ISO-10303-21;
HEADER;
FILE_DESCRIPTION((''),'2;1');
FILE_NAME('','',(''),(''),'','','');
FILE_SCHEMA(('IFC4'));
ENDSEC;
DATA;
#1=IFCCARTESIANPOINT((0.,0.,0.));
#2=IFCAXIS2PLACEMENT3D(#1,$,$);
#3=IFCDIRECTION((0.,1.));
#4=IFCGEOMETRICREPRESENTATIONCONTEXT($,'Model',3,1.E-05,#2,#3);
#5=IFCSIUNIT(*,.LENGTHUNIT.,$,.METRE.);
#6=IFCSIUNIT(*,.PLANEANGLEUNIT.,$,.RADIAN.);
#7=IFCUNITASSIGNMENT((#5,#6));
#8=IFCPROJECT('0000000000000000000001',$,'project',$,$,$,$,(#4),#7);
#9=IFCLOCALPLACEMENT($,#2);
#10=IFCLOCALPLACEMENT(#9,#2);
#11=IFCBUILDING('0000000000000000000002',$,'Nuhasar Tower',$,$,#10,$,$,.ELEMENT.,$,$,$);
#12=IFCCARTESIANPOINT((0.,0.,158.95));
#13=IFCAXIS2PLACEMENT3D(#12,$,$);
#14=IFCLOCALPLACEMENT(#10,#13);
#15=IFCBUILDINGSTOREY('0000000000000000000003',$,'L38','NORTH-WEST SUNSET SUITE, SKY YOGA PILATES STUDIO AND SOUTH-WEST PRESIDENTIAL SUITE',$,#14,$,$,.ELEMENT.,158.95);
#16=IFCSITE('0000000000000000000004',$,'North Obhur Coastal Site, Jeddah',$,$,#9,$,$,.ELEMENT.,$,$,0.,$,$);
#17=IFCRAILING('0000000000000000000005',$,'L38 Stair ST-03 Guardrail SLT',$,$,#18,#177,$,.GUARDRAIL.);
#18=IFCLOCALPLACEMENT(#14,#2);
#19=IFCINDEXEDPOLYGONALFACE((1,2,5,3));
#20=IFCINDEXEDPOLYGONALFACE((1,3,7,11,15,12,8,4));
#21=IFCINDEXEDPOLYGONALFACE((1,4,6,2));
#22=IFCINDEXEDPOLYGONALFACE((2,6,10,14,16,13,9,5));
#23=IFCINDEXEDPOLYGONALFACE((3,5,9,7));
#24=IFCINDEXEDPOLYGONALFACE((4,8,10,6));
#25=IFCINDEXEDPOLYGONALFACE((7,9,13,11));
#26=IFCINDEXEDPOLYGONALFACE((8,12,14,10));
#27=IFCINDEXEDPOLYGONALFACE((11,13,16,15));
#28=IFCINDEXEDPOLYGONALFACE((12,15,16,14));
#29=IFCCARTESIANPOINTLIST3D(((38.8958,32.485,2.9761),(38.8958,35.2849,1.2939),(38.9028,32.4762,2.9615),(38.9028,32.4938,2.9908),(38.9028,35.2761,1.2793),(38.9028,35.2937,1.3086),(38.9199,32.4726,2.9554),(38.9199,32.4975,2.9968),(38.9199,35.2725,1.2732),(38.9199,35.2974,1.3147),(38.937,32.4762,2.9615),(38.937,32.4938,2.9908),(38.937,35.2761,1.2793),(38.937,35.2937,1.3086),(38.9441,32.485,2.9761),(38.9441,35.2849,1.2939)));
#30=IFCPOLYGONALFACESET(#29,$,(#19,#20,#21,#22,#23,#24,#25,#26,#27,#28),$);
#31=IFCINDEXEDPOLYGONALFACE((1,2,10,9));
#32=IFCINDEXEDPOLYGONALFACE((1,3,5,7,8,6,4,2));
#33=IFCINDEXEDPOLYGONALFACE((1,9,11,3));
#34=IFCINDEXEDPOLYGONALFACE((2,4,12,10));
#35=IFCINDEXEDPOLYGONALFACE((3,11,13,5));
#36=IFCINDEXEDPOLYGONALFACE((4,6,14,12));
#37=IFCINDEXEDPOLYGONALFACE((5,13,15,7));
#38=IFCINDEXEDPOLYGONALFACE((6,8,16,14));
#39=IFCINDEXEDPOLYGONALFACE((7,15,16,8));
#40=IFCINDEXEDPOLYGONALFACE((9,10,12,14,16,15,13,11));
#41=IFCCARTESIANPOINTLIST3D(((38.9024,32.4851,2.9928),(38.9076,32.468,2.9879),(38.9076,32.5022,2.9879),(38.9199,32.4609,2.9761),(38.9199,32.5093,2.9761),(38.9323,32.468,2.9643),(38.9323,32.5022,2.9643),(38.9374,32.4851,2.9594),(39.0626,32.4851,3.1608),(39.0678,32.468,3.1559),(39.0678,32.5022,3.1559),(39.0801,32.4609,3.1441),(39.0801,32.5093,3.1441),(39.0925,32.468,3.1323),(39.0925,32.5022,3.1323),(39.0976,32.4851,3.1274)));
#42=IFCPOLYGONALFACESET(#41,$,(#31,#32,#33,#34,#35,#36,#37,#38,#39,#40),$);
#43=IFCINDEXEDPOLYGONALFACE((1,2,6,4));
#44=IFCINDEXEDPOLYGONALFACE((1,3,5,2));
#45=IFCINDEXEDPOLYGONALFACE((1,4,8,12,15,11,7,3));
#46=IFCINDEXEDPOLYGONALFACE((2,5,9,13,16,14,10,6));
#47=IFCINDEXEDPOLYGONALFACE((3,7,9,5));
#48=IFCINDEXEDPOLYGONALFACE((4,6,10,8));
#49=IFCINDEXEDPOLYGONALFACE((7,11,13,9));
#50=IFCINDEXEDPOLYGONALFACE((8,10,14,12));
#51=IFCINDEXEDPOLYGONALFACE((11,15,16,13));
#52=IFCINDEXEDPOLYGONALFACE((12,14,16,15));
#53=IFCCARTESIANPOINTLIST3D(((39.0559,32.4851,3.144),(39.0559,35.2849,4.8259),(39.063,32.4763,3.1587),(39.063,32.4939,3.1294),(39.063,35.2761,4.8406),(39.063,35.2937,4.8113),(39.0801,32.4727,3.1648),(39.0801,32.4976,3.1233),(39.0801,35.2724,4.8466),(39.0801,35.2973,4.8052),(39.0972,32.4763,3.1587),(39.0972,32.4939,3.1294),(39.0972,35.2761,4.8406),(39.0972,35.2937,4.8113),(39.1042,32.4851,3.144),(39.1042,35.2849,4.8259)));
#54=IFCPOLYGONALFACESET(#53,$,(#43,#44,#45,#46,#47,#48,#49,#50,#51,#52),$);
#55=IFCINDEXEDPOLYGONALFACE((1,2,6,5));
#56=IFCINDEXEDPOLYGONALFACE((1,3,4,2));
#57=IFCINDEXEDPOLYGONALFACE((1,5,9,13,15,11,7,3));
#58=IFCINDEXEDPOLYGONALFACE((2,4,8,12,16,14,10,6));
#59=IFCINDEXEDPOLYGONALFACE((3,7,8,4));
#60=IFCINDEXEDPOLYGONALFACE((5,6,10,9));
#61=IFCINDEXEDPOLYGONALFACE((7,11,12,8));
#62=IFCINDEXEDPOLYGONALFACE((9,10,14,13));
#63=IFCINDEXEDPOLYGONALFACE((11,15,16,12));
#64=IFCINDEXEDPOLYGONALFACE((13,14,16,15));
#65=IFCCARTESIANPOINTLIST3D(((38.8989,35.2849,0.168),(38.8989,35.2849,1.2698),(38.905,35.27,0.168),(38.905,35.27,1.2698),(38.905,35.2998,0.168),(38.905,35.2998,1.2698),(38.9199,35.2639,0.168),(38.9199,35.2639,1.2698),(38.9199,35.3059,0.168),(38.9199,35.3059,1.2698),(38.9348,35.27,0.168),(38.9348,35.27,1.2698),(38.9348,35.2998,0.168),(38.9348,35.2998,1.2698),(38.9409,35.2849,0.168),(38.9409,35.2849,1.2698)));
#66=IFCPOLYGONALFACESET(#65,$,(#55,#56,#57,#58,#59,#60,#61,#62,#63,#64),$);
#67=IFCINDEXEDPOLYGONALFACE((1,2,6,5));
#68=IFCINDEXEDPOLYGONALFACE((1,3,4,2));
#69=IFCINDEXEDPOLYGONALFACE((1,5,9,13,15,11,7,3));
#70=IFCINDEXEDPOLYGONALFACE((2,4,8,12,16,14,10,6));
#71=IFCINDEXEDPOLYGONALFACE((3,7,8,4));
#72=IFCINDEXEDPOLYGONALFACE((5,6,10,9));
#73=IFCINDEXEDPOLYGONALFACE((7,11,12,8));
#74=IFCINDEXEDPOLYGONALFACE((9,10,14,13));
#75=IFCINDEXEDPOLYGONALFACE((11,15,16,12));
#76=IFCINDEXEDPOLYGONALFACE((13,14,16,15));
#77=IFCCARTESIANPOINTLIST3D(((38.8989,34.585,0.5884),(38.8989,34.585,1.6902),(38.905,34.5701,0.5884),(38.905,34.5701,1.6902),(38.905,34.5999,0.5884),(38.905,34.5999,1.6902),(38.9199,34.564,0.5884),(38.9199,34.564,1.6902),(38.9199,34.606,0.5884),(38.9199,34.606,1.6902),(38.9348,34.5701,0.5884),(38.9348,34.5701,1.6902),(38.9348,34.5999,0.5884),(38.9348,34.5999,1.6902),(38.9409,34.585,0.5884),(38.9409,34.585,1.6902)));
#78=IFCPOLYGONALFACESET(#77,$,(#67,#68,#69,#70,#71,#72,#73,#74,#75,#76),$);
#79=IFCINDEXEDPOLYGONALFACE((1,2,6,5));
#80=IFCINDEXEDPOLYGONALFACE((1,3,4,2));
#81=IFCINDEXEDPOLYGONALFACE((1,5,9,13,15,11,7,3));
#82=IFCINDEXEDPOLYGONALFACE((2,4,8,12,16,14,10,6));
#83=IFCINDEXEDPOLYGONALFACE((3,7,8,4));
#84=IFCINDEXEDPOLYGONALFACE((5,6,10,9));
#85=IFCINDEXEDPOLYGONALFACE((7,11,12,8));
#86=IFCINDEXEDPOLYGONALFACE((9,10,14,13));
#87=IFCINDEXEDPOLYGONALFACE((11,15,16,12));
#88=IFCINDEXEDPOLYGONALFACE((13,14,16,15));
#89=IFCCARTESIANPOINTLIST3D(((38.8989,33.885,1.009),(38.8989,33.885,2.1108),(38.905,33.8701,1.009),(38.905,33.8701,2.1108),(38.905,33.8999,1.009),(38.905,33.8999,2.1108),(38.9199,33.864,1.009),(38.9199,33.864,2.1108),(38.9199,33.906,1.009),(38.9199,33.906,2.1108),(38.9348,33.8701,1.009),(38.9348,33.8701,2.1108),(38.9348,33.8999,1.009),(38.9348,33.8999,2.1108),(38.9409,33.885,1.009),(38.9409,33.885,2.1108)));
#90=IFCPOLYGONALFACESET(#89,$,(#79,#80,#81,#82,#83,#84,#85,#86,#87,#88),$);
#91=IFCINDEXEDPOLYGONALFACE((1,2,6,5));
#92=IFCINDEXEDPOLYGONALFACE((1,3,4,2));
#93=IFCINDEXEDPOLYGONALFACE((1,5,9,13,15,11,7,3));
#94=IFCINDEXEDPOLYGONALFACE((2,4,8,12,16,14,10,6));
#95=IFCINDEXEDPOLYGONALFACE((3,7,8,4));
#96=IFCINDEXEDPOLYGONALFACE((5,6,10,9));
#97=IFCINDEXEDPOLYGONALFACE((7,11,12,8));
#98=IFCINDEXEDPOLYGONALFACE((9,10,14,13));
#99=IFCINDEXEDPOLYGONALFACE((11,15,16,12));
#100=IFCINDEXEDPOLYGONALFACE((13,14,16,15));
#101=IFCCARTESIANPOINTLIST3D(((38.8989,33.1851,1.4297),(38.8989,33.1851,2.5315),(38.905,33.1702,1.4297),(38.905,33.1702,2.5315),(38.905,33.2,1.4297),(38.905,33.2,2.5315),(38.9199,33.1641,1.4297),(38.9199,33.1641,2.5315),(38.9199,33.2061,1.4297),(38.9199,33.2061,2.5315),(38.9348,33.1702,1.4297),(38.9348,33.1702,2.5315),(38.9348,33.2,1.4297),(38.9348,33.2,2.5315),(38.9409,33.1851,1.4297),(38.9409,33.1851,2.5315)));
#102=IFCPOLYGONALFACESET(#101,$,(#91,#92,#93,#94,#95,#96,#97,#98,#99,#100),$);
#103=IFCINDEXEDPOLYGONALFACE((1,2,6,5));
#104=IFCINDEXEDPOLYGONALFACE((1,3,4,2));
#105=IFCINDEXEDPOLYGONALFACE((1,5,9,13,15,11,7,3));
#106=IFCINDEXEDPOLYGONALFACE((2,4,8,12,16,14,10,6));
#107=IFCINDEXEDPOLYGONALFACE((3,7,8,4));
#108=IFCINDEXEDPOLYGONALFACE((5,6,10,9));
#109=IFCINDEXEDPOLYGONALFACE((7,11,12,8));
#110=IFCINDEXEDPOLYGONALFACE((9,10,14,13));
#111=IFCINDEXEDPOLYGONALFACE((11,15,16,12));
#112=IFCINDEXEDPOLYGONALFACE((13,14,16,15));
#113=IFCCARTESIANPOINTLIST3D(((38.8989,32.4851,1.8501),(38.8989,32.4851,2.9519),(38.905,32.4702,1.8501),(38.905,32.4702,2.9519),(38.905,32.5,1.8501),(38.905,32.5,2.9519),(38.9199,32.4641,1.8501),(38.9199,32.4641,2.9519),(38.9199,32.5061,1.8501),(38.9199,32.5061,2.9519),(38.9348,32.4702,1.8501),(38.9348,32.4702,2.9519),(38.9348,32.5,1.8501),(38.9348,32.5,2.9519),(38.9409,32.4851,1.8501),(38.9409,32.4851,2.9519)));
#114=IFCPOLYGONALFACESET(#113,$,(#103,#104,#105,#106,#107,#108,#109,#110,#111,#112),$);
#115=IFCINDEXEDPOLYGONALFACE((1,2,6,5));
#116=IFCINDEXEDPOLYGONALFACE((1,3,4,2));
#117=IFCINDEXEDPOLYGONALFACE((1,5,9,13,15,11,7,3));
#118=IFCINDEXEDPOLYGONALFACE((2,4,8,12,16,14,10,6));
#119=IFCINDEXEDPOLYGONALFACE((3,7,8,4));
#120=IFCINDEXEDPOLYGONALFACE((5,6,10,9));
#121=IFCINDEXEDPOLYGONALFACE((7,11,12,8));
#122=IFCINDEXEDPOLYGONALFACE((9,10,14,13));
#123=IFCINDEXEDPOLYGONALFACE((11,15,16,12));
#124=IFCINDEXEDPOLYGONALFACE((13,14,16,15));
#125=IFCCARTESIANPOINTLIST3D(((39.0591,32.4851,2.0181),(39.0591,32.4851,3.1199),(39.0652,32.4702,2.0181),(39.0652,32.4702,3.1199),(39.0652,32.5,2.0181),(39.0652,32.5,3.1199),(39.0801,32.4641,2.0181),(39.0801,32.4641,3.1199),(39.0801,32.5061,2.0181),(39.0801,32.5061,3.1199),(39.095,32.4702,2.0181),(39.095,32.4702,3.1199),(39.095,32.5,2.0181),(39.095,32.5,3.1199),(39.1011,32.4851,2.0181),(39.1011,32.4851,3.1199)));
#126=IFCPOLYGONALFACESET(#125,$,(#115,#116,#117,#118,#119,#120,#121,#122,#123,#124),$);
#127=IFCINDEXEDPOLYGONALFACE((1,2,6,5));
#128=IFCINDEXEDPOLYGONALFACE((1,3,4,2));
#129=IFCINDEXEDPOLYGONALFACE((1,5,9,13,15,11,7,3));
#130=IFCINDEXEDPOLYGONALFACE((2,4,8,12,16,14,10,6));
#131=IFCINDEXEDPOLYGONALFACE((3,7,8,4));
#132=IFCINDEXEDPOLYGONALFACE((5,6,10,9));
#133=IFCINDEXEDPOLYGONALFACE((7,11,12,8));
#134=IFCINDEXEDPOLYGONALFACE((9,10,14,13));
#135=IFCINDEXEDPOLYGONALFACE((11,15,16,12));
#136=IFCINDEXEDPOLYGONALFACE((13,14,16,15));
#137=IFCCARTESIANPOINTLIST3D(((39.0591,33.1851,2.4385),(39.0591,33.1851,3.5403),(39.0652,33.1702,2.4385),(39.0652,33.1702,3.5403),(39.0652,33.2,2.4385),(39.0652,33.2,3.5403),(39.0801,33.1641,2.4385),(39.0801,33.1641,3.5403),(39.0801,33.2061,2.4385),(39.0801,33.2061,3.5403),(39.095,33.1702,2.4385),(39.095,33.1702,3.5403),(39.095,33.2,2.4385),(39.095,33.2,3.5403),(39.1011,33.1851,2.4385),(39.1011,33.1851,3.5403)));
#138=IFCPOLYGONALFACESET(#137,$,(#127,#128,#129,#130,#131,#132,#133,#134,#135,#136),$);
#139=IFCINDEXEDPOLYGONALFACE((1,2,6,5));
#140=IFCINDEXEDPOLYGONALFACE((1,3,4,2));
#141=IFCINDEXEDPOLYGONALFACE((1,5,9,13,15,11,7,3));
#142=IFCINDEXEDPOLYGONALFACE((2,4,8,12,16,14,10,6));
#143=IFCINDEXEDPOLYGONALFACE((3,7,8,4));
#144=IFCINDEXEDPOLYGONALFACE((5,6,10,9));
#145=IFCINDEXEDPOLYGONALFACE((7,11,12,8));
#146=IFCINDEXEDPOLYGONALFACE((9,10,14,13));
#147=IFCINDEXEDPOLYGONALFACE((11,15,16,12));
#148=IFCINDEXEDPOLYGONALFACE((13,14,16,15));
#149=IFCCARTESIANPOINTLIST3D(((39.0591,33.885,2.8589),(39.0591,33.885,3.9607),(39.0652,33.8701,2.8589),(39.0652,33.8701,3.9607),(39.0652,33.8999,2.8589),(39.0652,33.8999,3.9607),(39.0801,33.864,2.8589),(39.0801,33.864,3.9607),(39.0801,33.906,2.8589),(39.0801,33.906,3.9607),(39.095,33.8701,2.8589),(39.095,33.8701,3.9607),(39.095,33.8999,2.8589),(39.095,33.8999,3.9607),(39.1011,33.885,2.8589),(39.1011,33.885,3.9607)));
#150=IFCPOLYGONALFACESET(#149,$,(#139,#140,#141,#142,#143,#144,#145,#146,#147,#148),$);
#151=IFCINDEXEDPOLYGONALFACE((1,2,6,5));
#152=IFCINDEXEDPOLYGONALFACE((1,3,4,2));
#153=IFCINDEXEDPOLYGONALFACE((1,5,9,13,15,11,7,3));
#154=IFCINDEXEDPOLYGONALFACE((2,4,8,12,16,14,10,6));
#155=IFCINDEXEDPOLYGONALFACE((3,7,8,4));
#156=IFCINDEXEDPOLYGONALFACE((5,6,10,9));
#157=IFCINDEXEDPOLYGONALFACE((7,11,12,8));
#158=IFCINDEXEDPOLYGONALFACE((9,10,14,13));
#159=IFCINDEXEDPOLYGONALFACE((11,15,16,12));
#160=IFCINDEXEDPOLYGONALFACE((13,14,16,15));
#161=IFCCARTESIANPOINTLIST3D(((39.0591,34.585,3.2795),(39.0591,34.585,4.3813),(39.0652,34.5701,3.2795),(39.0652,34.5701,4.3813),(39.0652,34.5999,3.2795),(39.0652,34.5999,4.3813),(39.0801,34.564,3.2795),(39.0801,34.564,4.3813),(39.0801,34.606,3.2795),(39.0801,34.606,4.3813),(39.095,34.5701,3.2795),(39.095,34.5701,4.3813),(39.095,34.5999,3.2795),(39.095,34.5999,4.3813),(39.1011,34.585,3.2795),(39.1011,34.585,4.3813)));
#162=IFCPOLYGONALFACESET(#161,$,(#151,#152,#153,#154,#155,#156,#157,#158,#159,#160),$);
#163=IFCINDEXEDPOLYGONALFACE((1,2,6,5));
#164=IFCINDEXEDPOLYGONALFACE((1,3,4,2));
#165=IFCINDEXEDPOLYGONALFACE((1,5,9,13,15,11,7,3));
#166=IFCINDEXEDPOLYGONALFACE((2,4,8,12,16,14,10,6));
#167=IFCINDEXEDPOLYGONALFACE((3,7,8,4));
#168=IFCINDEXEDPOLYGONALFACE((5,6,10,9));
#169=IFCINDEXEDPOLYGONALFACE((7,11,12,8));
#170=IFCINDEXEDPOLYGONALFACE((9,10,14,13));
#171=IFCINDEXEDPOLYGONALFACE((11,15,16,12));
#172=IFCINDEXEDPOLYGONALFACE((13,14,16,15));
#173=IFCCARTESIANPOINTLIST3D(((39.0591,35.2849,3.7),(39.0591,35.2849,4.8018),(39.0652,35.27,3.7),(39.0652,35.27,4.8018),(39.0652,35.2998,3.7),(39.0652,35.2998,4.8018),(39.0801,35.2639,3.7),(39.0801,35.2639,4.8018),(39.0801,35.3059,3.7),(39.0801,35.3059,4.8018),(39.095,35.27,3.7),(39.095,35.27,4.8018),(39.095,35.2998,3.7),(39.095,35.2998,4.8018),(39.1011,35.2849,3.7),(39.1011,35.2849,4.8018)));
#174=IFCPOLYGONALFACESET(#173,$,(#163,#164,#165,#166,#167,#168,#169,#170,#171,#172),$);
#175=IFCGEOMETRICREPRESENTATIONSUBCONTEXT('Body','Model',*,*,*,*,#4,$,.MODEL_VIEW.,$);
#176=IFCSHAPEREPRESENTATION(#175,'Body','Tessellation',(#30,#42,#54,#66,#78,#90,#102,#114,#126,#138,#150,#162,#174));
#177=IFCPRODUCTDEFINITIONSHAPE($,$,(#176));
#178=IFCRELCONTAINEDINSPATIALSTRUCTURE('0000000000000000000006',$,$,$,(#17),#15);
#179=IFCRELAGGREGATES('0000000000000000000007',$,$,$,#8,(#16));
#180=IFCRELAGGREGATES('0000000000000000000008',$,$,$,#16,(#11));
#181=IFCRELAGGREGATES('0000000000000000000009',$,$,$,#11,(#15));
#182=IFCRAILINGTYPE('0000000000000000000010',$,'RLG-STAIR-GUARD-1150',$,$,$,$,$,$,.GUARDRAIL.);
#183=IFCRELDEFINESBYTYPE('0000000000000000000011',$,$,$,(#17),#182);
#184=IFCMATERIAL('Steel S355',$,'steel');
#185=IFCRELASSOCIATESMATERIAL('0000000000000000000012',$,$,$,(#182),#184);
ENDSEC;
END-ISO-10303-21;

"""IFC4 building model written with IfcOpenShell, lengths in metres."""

from ifc_helpers import new_model, si_unit, direction, frame, origin, place, context, subcontext, project, spatial, polyline, outline, extrude, material, type_object, element, save


model = new_model("IFC4")

# Units and contexts
model_context = context("Model", 3, precision=1e-05, world=origin(), true_north=direction((0.0, 1.0)))
body_context = subcontext(model_context, "Body", "Model", "MODEL_VIEW")
ifc_project = project(units=[si_unit("LENGTHUNIT", "METRE"), si_unit("PLANEANGLEUNIT", "RADIAN")], contexts=[model_context])

# Site, building, storey
site_placement = place(None, origin())
site = spatial("IfcSite", under=ifc_project, at=site_placement, Name="North Obhur Coastal Site, Jeddah", CompositionType="ELEMENT", RefElevation=0.0)
building_placement = place(site_placement, origin())
building = spatial("IfcBuilding", under=site, at=building_placement, Name="Nuhasar Tower", CompositionType="ELEMENT")
storey_placement = place(building_placement, frame((0.0, 0.0, 158.95)))
storey = spatial("IfcBuildingStorey", under=building, at=storey_placement, Name="L38", Description="NORTH-WEST SUNSET SUITE, SKY YOGA PILATES STUDIO AND SOUTH-WEST PRESIDENTIAL SUITE", CompositionType="ELEMENT", Elevation=158.95)

# Shared definitions
ifc_material_1 = material(Name="Steel S355", Category="steel")

# Railing
railing_type_1 = type_object("IfcRailingType", Name="RLG-STAIR-GUARD-1150", PredefinedType="GUARDRAIL", material=ifc_material_1)
railing_1_placement = place(storey_placement, frame((38.9199, 35.2849, 0.168)))
element("IfcRailing", 1, at=railing_1_placement, inside=storey, type_object=railing_type_1, Name="L38 Stair ST-03 Guardrail SLT", PredefinedType="GUARDRAIL", context=body_context, shape_type="SweptSolid", body=[
    extrude(outline(polyline([(0.0242, 0.0), (0.0171, 0.0171), (0.0, 0.0242), (-0.0171, 0.0171), (-0.0242, 0.0), (-0.0171, -0.0171), (0.0, -0.0242), (0.0171, -0.0171), (0.0242, 0.0)])), frame((0.0, 0.0, 1.126), z_axis=(0.0, -0.857189, 0.515001), x_axis=(1.0, 0.0, 0.0)), (0.0, 0.0, 1.0), 3.2664),
    extrude(outline(polyline([(0.0242, 0.0), (0.0171, 0.0171), (0.0, 0.0242), (-0.0171, 0.0171), (-0.0242, 0.0), (-0.0171, -0.0171), (0.0, -0.0242), (0.0171, -0.0171), (0.0242, 0.0)])), frame((0.0, -2.7998, 2.8081), z_axis=(0.690075, 0.0, 0.723738), x_axis=(0.0, 1.0, 0.0)), (0.0, 0.0, 1.0), 0.2322),
    extrude(outline(polyline([(0.0242, 0.0), (0.0171, 0.0171), (0.0, 0.0242), (-0.0171, 0.0171), (-0.0242, 0.0), (-0.0171, -0.0171), (0.0, -0.0242), (0.0171, -0.0171), (0.0242, 0.0)])), frame((0.1602, -2.7998, 2.9761), z_axis=(0.0, 0.857222, 0.514946), x_axis=(-1.0, 0.0, 0.0)), (0.0, 0.0, 1.0), 3.2661),
    extrude(outline(polyline([(0.021, 0.0), (0.0149, 0.0149), (0.0, 0.021), (-0.0149, 0.0149), (-0.021, 0.0), (-0.0149, -0.0149), (0.0, -0.021), (0.0149, -0.0149), (0.021, 0.0)])), origin(), (0.0, 0.0, 1.0), 1.1018),
    extrude(outline(polyline([(0.021, 0.0), (0.0149, 0.0149), (0.0, 0.021), (-0.0149, 0.0149), (-0.021, 0.0), (-0.0149, -0.0149), (0.0, -0.021), (0.0149, -0.0149), (0.021, 0.0)])), frame((0.0, -0.7, 0.4204)), (0.0, 0.0, 1.0), 1.1018),
    extrude(outline(polyline([(0.021, 0.0), (0.0149, 0.0149), (0.0, 0.021), (-0.0149, 0.0149), (-0.021, 0.0), (-0.0149, -0.0149), (0.0, -0.021), (0.0149, -0.0149), (0.021, 0.0)])), frame((0.0, -1.3999, 0.8411)), (0.0, 0.0, 1.0), 1.1018),
    extrude(outline(polyline([(0.021, 0.0), (0.0149, 0.0149), (0.0, 0.021), (-0.0149, 0.0149), (-0.021, 0.0), (-0.0149, -0.0149), (0.0, -0.021), (0.0149, -0.0149), (0.021, 0.0)])), frame((0.0, -2.0999, 1.2617)), (0.0, 0.0, 1.0), 1.1018),
    extrude(outline(polyline([(0.021, 0.0), (0.0149, 0.0149), (0.0, 0.021), (-0.0149, 0.0149), (-0.021, 0.0), (-0.0149, -0.0149), (0.0, -0.021), (0.0149, -0.0149), (0.021, 0.0)])), frame((0.0, -2.7998, 1.6821)), (0.0, 0.0, 1.0), 1.1018),
    extrude(outline(polyline([(0.021, 0.0), (0.0149, 0.0149), (0.0, 0.021), (-0.0149, 0.0149), (-0.021, 0.0), (-0.0149, -0.0149), (0.0, -0.021), (0.0149, -0.0149), (0.021, 0.0)])), frame((0.1602, -2.7998, 1.8501)), (0.0, 0.0, 1.0), 1.1018),
    extrude(outline(polyline([(0.021, 0.0), (0.0149, 0.0149), (0.0, 0.021), (-0.0149, 0.0149), (-0.021, 0.0), (-0.0149, -0.0149), (0.0, -0.021), (0.0149, -0.0149), (0.021, 0.0)])), frame((0.1602, -2.0999, 2.2705)), (0.0, 0.0, 1.0), 1.1018),
    extrude(outline(polyline([(0.021, 0.0), (0.0149, 0.0149), (0.0, 0.021), (-0.0149, 0.0149), (-0.021, 0.0), (-0.0149, -0.0149), (0.0, -0.021), (0.0149, -0.0149), (0.021, 0.0)])), frame((0.1602, -1.3999, 2.6909)), (0.0, 0.0, 1.0), 1.1018),
    extrude(outline(polyline([(0.021, 0.0), (0.0149, 0.0149), (0.0, 0.021), (-0.0149, 0.0149), (-0.021, 0.0), (-0.0149, -0.0149), (0.0, -0.021), (0.0149, -0.0149), (0.021, 0.0)])), frame((0.1602, -0.7, 3.1116)), (0.0, 0.0, 1.0), 1.1018),
    extrude(outline(polyline([(0.021, 0.0), (0.0149, 0.0149), (0.0, 0.021), (-0.0149, 0.0149), (-0.021, 0.0), (-0.0149, -0.0149), (0.0, -0.021), (0.0149, -0.0149), (0.021, 0.0)])), frame((0.1602, 0.0, 3.532)), (0.0, 0.0, 1.0), 1.1018),
])

save(model, "model.ifc")
